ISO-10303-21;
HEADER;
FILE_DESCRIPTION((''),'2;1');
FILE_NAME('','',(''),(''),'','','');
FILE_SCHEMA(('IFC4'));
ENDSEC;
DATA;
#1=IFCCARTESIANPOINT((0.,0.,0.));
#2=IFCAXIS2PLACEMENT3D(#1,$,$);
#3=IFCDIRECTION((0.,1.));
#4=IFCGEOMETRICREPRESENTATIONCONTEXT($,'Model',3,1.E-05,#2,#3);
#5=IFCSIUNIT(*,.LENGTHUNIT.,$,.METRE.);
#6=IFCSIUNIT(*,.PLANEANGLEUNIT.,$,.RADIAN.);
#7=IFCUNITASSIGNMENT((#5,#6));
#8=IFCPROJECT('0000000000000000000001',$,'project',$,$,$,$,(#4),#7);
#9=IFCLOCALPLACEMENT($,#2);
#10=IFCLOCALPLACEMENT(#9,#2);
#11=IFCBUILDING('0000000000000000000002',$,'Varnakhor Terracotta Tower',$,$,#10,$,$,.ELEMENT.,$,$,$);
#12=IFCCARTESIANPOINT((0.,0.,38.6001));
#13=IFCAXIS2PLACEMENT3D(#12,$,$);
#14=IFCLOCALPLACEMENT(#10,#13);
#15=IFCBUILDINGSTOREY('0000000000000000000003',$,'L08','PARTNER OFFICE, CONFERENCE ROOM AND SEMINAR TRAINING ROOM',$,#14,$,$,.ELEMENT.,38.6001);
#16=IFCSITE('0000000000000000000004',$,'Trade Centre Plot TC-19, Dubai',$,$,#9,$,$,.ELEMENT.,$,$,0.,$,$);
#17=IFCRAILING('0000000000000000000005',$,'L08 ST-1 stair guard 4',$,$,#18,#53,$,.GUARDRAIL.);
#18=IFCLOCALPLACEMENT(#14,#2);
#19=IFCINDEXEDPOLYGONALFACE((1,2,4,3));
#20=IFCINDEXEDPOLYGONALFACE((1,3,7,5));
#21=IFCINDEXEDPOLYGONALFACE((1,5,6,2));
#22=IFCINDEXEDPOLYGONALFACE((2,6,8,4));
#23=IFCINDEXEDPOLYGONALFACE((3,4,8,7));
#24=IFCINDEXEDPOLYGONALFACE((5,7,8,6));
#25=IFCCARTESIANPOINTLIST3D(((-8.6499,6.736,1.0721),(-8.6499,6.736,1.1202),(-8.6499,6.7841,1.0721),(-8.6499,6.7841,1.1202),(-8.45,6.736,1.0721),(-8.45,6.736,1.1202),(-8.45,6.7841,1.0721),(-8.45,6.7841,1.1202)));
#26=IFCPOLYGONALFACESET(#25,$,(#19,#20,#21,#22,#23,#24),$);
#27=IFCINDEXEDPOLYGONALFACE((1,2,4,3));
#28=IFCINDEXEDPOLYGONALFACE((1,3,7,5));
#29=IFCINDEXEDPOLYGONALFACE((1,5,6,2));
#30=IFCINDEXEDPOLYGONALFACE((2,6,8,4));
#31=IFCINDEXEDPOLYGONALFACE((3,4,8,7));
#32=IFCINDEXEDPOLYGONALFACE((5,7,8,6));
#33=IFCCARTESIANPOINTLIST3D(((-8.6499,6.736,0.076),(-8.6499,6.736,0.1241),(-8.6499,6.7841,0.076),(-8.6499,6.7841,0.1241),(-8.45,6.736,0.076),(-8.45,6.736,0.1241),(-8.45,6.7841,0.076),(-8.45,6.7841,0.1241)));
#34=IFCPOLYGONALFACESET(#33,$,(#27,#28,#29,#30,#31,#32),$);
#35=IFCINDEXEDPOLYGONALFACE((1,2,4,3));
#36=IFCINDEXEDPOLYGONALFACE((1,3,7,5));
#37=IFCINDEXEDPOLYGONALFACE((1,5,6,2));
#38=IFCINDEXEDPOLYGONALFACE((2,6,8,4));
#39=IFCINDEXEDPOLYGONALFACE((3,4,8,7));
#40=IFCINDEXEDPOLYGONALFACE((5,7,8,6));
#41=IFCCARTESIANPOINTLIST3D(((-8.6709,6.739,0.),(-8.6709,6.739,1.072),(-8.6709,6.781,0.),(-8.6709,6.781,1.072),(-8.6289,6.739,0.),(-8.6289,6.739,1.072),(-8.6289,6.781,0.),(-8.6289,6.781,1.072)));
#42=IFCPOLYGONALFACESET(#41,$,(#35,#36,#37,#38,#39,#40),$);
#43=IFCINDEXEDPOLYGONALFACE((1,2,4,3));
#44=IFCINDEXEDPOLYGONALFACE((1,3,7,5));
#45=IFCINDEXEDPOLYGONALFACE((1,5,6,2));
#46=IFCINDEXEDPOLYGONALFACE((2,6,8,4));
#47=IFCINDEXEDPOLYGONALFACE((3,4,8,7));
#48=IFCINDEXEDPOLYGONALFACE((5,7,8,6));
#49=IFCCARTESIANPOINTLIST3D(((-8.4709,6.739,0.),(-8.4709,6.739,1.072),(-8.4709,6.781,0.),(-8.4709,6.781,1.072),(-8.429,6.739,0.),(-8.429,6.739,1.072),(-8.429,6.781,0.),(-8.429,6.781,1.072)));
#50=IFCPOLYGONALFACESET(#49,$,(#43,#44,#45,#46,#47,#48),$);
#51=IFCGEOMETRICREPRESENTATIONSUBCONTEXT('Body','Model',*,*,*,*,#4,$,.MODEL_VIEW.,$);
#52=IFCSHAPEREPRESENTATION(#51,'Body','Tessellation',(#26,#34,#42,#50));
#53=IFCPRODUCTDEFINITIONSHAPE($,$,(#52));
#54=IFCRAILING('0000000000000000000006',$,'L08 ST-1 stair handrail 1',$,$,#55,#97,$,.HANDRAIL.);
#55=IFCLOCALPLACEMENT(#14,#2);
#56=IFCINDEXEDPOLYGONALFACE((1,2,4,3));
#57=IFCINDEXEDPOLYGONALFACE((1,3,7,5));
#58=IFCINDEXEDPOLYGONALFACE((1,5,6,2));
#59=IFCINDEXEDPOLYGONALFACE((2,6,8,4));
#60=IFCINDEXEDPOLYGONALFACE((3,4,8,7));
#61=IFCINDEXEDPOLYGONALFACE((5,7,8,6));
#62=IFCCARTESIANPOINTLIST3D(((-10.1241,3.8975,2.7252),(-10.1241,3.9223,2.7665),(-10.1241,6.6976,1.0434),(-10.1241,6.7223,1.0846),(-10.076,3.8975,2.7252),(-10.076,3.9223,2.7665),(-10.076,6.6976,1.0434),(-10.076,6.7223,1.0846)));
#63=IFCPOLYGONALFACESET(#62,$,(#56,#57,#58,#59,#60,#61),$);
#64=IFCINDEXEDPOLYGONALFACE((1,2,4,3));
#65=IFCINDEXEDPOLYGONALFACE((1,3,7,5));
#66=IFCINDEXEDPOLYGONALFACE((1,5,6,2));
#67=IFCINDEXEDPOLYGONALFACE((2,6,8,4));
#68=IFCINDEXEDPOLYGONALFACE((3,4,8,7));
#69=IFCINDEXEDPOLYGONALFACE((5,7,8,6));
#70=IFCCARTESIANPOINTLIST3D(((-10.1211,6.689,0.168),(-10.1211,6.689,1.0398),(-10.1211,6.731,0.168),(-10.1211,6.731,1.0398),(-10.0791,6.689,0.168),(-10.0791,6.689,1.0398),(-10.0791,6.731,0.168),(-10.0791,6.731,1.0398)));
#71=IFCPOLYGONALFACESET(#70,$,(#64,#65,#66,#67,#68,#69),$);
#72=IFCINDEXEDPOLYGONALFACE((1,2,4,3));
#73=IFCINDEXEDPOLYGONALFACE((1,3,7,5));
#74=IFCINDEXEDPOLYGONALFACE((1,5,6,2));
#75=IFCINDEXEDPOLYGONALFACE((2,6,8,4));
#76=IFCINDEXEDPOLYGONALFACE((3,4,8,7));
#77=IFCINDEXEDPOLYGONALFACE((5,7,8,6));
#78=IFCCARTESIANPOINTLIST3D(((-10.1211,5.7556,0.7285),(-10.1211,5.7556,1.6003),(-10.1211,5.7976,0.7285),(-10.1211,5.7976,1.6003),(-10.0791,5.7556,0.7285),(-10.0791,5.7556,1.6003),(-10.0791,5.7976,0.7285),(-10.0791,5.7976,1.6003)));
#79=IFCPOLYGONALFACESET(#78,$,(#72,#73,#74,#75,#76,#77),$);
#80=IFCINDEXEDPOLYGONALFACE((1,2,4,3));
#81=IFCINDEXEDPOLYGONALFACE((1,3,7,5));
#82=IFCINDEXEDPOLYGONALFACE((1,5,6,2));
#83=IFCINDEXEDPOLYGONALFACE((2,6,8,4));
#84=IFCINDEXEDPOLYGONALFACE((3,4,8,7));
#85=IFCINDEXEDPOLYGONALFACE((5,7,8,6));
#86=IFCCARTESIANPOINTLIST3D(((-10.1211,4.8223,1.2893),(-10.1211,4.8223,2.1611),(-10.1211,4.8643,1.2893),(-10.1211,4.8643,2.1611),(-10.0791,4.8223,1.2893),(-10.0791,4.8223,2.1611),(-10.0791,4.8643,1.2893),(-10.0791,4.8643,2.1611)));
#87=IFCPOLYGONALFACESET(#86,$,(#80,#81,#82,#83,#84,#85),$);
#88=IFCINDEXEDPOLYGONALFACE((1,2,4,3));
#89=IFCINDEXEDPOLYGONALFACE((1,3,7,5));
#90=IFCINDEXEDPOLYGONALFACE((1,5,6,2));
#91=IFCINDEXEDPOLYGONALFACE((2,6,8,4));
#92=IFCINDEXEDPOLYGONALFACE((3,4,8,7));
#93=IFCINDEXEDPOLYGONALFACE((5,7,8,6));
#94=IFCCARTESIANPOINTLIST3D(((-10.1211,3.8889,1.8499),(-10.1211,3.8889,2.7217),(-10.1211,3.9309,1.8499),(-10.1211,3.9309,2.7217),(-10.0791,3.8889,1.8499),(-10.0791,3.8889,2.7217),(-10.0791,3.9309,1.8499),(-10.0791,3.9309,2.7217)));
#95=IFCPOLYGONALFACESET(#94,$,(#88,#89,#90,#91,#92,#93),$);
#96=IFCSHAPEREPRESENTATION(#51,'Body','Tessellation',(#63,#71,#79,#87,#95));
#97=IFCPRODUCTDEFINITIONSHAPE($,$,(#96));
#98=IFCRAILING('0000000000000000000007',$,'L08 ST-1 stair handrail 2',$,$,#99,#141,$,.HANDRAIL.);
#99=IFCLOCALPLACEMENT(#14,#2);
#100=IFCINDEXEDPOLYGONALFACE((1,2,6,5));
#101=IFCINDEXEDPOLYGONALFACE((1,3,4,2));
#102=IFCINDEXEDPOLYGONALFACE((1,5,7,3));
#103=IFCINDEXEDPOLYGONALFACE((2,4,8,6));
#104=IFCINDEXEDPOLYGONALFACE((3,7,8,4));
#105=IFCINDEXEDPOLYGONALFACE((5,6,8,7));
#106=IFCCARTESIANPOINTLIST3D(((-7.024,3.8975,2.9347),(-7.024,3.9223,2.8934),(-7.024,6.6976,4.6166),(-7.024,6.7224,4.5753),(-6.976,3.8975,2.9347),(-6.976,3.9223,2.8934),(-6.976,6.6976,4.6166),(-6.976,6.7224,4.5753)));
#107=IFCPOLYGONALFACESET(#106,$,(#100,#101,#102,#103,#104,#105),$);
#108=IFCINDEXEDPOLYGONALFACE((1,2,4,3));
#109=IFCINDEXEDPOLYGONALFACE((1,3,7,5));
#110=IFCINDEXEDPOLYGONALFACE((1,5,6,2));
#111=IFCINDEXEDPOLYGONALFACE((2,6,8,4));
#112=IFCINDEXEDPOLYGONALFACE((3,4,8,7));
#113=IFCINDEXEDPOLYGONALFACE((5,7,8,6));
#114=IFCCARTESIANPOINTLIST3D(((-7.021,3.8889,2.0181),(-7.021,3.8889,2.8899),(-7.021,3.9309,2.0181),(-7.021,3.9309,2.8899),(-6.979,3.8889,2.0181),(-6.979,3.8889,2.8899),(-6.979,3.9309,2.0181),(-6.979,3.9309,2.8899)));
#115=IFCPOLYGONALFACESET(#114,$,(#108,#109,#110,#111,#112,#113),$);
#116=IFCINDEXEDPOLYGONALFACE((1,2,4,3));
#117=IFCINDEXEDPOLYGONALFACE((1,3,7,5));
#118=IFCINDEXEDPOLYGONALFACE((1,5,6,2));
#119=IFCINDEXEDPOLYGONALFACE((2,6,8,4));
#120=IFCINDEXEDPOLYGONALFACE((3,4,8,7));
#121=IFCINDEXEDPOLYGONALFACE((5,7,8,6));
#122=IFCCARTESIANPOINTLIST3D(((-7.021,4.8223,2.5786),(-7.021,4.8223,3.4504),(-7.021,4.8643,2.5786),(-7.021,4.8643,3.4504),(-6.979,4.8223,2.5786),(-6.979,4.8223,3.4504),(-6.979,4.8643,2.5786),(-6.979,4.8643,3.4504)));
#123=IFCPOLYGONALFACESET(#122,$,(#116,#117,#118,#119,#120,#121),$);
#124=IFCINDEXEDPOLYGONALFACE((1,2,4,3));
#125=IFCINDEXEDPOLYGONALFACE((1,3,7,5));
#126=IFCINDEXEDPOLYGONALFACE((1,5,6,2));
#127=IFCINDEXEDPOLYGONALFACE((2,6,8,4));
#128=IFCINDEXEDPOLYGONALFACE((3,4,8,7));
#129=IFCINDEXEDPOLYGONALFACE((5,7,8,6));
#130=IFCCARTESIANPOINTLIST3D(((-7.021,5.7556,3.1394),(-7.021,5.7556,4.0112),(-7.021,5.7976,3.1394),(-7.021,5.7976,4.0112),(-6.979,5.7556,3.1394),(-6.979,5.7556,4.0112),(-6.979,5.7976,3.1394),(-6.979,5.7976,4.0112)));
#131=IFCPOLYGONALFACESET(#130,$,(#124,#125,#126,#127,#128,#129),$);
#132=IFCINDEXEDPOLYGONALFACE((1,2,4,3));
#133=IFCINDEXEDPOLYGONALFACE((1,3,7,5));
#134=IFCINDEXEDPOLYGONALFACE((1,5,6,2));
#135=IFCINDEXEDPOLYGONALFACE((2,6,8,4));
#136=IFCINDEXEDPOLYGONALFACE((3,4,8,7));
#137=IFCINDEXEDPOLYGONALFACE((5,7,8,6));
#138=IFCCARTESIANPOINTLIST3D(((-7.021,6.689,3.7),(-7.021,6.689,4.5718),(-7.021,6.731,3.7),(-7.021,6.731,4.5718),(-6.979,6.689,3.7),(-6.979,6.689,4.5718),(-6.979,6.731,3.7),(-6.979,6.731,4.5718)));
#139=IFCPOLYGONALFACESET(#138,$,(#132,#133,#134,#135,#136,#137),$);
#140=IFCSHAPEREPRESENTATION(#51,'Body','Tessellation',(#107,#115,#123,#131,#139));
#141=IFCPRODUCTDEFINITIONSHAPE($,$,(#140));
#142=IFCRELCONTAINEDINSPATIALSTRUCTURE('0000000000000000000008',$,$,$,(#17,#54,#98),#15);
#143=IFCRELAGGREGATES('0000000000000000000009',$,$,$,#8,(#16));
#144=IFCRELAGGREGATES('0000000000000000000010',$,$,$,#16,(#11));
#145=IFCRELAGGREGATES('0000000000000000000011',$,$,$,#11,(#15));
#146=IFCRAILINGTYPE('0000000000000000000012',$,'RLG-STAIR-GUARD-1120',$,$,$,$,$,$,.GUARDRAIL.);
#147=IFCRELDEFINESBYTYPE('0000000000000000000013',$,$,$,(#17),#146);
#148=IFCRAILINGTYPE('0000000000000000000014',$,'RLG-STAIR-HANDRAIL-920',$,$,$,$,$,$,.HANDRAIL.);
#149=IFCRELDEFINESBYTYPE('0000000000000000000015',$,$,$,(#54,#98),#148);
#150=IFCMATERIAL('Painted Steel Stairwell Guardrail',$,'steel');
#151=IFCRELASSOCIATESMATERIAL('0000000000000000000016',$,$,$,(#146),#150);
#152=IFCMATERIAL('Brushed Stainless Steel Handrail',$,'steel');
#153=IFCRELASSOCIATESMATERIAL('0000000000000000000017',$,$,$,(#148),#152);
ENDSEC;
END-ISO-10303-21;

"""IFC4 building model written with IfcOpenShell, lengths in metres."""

from ifc_helpers import new_model, si_unit, direction, frame, origin, origin_2d, place, context, subcontext, project, spatial, rectangle, extrude, material, type_object, element, save


model = new_model("IFC4")

# Units and contexts
model_context = context("Model", 3, precision=1e-05, world=origin(), true_north=direction((0.0, 1.0)))
body_context = subcontext(model_context, "Body", "Model", "MODEL_VIEW")
ifc_project = project(units=[si_unit("LENGTHUNIT", "METRE"), si_unit("PLANEANGLEUNIT", "RADIAN")], contexts=[model_context])

# Site, building, storey
site_placement = place(None, origin())
site = spatial("IfcSite", under=ifc_project, at=site_placement, Name="Trade Centre Plot TC-19, Dubai", CompositionType="ELEMENT", RefElevation=0.0)
building_placement = place(site_placement, origin())
building = spatial("IfcBuilding", under=site, at=building_placement, Name="Varnakhor Terracotta Tower", CompositionType="ELEMENT")
storey_placement = place(building_placement, frame((0.0, 0.0, 38.6001)))
storey = spatial("IfcBuildingStorey", under=building, at=storey_placement, Name="L08", Description="PARTNER OFFICE, CONFERENCE ROOM AND SEMINAR TRAINING ROOM", CompositionType="ELEMENT", Elevation=38.6001)

# Railings
ifc_material_1 = material(Name="Painted Steel Stairwell Guardrail", Category="steel")
railing_type_1 = type_object("IfcRailingType", Name="RLG-STAIR-GUARD-1120", PredefinedType="GUARDRAIL", material=ifc_material_1)
railing_1_placement = place(storey_placement, frame((-8.6499, 6.76, 0.0)))
element("IfcRailing", 1, at=railing_1_placement, inside=storey, type_object=railing_type_1, Name="L08 ST-1 stair guard 4", PredefinedType="GUARDRAIL", context=body_context, shape_type="SweptSolid", body=[
    extrude(rectangle(XDim=0.0481, YDim=0.0481, at=origin_2d()), frame((0.0, 0.0, 1.0962), z_axis=(1.0, 0.0, 0.0), x_axis=(0.0, 1.0, 0.0)), (0.0, 0.0, 1.0), 0.2),
    extrude(rectangle(XDim=0.0481, YDim=0.0481, at=origin_2d()), frame((0.0, 0.0, 0.1001), z_axis=(1.0, 0.0, 0.0), x_axis=(0.0, 1.0, 0.0)), (0.0, 0.0, 1.0), 0.2),
    extrude(rectangle(XDim=0.042, YDim=0.042, at=origin_2d()), origin(), (0.0, 0.0, 1.0), 1.072),
    extrude(rectangle(XDim=0.042, YDim=0.042, at=origin_2d()), frame((0.2, 0.0, 0.0)), (0.0, 0.0, 1.0), 1.072),
])
ifc_material_2 = material(Name="Brushed Stainless Steel Handrail", Category="steel")
railing_type_2 = type_object("IfcRailingType", Name="RLG-STAIR-HANDRAIL-920", PredefinedType="HANDRAIL", material=ifc_material_2)
railing_2_placement = place(storey_placement, frame((-10.1001, 6.71, 0.168)))
element("IfcRailing", 2, at=railing_2_placement, inside=storey, type_object=railing_type_2, Name="L08 ST-1 stair handrail 1", PredefinedType="HANDRAIL", context=body_context, shape_type="SweptSolid", body=[
    extrude(rectangle(XDim=0.0481, YDim=0.0481, at=origin_2d()), frame((0.0, 0.0, 0.896), z_axis=(0.0, -0.857242, 0.514913), x_axis=(1.0, 0.0, 0.0)), (0.0, 0.0, 1.0), 3.2664),
    extrude(rectangle(XDim=0.042, YDim=0.042, at=origin_2d()), origin(), (0.0, 0.0, 1.0), 0.8718),
    extrude(rectangle(XDim=0.042, YDim=0.042, at=origin_2d()), frame((0.0, -0.9333, 0.5605)), (0.0, 0.0, 1.0), 0.8718),
    extrude(rectangle(XDim=0.042, YDim=0.042, at=origin_2d()), frame((0.0, -1.8667, 1.1213)), (0.0, 0.0, 1.0), 0.8718),
    extrude(rectangle(XDim=0.042, YDim=0.042, at=origin_2d()), frame((0.0, -2.8, 1.6819)), (0.0, 0.0, 1.0), 0.8718),
])
railing_3_placement = place(storey_placement, frame((-7.0, 3.9099, 2.0181)))
element("IfcRailing", 3, at=railing_3_placement, inside=storey, type_object=railing_type_2, Name="L08 ST-1 stair handrail 2", PredefinedType="HANDRAIL", context=body_context, shape_type="SweptSolid", body=[
    extrude(rectangle(XDim=0.0481, YDim=0.0481, at=origin_2d()), frame((0.0, 0.0, 0.896), z_axis=(0.0, 0.857242, 0.514913), x_axis=(-1.0, 0.0, 0.0)), (0.0, 0.0, 1.0), 3.2664),
    extrude(rectangle(XDim=0.042, YDim=0.042, at=origin_2d()), origin(), (0.0, 0.0, 1.0), 0.8718),
    extrude(rectangle(XDim=0.042, YDim=0.042, at=origin_2d()), frame((0.0, 0.9333, 0.5605)), (0.0, 0.0, 1.0), 0.8718),
    extrude(rectangle(XDim=0.042, YDim=0.042, at=origin_2d()), frame((0.0, 1.8667, 1.1213)), (0.0, 0.0, 1.0), 0.8718),
    extrude(rectangle(XDim=0.042, YDim=0.042, at=origin_2d()), frame((0.0, 2.8, 1.6819)), (0.0, 0.0, 1.0), 0.8718),
])

save(model, "model.ifc")
